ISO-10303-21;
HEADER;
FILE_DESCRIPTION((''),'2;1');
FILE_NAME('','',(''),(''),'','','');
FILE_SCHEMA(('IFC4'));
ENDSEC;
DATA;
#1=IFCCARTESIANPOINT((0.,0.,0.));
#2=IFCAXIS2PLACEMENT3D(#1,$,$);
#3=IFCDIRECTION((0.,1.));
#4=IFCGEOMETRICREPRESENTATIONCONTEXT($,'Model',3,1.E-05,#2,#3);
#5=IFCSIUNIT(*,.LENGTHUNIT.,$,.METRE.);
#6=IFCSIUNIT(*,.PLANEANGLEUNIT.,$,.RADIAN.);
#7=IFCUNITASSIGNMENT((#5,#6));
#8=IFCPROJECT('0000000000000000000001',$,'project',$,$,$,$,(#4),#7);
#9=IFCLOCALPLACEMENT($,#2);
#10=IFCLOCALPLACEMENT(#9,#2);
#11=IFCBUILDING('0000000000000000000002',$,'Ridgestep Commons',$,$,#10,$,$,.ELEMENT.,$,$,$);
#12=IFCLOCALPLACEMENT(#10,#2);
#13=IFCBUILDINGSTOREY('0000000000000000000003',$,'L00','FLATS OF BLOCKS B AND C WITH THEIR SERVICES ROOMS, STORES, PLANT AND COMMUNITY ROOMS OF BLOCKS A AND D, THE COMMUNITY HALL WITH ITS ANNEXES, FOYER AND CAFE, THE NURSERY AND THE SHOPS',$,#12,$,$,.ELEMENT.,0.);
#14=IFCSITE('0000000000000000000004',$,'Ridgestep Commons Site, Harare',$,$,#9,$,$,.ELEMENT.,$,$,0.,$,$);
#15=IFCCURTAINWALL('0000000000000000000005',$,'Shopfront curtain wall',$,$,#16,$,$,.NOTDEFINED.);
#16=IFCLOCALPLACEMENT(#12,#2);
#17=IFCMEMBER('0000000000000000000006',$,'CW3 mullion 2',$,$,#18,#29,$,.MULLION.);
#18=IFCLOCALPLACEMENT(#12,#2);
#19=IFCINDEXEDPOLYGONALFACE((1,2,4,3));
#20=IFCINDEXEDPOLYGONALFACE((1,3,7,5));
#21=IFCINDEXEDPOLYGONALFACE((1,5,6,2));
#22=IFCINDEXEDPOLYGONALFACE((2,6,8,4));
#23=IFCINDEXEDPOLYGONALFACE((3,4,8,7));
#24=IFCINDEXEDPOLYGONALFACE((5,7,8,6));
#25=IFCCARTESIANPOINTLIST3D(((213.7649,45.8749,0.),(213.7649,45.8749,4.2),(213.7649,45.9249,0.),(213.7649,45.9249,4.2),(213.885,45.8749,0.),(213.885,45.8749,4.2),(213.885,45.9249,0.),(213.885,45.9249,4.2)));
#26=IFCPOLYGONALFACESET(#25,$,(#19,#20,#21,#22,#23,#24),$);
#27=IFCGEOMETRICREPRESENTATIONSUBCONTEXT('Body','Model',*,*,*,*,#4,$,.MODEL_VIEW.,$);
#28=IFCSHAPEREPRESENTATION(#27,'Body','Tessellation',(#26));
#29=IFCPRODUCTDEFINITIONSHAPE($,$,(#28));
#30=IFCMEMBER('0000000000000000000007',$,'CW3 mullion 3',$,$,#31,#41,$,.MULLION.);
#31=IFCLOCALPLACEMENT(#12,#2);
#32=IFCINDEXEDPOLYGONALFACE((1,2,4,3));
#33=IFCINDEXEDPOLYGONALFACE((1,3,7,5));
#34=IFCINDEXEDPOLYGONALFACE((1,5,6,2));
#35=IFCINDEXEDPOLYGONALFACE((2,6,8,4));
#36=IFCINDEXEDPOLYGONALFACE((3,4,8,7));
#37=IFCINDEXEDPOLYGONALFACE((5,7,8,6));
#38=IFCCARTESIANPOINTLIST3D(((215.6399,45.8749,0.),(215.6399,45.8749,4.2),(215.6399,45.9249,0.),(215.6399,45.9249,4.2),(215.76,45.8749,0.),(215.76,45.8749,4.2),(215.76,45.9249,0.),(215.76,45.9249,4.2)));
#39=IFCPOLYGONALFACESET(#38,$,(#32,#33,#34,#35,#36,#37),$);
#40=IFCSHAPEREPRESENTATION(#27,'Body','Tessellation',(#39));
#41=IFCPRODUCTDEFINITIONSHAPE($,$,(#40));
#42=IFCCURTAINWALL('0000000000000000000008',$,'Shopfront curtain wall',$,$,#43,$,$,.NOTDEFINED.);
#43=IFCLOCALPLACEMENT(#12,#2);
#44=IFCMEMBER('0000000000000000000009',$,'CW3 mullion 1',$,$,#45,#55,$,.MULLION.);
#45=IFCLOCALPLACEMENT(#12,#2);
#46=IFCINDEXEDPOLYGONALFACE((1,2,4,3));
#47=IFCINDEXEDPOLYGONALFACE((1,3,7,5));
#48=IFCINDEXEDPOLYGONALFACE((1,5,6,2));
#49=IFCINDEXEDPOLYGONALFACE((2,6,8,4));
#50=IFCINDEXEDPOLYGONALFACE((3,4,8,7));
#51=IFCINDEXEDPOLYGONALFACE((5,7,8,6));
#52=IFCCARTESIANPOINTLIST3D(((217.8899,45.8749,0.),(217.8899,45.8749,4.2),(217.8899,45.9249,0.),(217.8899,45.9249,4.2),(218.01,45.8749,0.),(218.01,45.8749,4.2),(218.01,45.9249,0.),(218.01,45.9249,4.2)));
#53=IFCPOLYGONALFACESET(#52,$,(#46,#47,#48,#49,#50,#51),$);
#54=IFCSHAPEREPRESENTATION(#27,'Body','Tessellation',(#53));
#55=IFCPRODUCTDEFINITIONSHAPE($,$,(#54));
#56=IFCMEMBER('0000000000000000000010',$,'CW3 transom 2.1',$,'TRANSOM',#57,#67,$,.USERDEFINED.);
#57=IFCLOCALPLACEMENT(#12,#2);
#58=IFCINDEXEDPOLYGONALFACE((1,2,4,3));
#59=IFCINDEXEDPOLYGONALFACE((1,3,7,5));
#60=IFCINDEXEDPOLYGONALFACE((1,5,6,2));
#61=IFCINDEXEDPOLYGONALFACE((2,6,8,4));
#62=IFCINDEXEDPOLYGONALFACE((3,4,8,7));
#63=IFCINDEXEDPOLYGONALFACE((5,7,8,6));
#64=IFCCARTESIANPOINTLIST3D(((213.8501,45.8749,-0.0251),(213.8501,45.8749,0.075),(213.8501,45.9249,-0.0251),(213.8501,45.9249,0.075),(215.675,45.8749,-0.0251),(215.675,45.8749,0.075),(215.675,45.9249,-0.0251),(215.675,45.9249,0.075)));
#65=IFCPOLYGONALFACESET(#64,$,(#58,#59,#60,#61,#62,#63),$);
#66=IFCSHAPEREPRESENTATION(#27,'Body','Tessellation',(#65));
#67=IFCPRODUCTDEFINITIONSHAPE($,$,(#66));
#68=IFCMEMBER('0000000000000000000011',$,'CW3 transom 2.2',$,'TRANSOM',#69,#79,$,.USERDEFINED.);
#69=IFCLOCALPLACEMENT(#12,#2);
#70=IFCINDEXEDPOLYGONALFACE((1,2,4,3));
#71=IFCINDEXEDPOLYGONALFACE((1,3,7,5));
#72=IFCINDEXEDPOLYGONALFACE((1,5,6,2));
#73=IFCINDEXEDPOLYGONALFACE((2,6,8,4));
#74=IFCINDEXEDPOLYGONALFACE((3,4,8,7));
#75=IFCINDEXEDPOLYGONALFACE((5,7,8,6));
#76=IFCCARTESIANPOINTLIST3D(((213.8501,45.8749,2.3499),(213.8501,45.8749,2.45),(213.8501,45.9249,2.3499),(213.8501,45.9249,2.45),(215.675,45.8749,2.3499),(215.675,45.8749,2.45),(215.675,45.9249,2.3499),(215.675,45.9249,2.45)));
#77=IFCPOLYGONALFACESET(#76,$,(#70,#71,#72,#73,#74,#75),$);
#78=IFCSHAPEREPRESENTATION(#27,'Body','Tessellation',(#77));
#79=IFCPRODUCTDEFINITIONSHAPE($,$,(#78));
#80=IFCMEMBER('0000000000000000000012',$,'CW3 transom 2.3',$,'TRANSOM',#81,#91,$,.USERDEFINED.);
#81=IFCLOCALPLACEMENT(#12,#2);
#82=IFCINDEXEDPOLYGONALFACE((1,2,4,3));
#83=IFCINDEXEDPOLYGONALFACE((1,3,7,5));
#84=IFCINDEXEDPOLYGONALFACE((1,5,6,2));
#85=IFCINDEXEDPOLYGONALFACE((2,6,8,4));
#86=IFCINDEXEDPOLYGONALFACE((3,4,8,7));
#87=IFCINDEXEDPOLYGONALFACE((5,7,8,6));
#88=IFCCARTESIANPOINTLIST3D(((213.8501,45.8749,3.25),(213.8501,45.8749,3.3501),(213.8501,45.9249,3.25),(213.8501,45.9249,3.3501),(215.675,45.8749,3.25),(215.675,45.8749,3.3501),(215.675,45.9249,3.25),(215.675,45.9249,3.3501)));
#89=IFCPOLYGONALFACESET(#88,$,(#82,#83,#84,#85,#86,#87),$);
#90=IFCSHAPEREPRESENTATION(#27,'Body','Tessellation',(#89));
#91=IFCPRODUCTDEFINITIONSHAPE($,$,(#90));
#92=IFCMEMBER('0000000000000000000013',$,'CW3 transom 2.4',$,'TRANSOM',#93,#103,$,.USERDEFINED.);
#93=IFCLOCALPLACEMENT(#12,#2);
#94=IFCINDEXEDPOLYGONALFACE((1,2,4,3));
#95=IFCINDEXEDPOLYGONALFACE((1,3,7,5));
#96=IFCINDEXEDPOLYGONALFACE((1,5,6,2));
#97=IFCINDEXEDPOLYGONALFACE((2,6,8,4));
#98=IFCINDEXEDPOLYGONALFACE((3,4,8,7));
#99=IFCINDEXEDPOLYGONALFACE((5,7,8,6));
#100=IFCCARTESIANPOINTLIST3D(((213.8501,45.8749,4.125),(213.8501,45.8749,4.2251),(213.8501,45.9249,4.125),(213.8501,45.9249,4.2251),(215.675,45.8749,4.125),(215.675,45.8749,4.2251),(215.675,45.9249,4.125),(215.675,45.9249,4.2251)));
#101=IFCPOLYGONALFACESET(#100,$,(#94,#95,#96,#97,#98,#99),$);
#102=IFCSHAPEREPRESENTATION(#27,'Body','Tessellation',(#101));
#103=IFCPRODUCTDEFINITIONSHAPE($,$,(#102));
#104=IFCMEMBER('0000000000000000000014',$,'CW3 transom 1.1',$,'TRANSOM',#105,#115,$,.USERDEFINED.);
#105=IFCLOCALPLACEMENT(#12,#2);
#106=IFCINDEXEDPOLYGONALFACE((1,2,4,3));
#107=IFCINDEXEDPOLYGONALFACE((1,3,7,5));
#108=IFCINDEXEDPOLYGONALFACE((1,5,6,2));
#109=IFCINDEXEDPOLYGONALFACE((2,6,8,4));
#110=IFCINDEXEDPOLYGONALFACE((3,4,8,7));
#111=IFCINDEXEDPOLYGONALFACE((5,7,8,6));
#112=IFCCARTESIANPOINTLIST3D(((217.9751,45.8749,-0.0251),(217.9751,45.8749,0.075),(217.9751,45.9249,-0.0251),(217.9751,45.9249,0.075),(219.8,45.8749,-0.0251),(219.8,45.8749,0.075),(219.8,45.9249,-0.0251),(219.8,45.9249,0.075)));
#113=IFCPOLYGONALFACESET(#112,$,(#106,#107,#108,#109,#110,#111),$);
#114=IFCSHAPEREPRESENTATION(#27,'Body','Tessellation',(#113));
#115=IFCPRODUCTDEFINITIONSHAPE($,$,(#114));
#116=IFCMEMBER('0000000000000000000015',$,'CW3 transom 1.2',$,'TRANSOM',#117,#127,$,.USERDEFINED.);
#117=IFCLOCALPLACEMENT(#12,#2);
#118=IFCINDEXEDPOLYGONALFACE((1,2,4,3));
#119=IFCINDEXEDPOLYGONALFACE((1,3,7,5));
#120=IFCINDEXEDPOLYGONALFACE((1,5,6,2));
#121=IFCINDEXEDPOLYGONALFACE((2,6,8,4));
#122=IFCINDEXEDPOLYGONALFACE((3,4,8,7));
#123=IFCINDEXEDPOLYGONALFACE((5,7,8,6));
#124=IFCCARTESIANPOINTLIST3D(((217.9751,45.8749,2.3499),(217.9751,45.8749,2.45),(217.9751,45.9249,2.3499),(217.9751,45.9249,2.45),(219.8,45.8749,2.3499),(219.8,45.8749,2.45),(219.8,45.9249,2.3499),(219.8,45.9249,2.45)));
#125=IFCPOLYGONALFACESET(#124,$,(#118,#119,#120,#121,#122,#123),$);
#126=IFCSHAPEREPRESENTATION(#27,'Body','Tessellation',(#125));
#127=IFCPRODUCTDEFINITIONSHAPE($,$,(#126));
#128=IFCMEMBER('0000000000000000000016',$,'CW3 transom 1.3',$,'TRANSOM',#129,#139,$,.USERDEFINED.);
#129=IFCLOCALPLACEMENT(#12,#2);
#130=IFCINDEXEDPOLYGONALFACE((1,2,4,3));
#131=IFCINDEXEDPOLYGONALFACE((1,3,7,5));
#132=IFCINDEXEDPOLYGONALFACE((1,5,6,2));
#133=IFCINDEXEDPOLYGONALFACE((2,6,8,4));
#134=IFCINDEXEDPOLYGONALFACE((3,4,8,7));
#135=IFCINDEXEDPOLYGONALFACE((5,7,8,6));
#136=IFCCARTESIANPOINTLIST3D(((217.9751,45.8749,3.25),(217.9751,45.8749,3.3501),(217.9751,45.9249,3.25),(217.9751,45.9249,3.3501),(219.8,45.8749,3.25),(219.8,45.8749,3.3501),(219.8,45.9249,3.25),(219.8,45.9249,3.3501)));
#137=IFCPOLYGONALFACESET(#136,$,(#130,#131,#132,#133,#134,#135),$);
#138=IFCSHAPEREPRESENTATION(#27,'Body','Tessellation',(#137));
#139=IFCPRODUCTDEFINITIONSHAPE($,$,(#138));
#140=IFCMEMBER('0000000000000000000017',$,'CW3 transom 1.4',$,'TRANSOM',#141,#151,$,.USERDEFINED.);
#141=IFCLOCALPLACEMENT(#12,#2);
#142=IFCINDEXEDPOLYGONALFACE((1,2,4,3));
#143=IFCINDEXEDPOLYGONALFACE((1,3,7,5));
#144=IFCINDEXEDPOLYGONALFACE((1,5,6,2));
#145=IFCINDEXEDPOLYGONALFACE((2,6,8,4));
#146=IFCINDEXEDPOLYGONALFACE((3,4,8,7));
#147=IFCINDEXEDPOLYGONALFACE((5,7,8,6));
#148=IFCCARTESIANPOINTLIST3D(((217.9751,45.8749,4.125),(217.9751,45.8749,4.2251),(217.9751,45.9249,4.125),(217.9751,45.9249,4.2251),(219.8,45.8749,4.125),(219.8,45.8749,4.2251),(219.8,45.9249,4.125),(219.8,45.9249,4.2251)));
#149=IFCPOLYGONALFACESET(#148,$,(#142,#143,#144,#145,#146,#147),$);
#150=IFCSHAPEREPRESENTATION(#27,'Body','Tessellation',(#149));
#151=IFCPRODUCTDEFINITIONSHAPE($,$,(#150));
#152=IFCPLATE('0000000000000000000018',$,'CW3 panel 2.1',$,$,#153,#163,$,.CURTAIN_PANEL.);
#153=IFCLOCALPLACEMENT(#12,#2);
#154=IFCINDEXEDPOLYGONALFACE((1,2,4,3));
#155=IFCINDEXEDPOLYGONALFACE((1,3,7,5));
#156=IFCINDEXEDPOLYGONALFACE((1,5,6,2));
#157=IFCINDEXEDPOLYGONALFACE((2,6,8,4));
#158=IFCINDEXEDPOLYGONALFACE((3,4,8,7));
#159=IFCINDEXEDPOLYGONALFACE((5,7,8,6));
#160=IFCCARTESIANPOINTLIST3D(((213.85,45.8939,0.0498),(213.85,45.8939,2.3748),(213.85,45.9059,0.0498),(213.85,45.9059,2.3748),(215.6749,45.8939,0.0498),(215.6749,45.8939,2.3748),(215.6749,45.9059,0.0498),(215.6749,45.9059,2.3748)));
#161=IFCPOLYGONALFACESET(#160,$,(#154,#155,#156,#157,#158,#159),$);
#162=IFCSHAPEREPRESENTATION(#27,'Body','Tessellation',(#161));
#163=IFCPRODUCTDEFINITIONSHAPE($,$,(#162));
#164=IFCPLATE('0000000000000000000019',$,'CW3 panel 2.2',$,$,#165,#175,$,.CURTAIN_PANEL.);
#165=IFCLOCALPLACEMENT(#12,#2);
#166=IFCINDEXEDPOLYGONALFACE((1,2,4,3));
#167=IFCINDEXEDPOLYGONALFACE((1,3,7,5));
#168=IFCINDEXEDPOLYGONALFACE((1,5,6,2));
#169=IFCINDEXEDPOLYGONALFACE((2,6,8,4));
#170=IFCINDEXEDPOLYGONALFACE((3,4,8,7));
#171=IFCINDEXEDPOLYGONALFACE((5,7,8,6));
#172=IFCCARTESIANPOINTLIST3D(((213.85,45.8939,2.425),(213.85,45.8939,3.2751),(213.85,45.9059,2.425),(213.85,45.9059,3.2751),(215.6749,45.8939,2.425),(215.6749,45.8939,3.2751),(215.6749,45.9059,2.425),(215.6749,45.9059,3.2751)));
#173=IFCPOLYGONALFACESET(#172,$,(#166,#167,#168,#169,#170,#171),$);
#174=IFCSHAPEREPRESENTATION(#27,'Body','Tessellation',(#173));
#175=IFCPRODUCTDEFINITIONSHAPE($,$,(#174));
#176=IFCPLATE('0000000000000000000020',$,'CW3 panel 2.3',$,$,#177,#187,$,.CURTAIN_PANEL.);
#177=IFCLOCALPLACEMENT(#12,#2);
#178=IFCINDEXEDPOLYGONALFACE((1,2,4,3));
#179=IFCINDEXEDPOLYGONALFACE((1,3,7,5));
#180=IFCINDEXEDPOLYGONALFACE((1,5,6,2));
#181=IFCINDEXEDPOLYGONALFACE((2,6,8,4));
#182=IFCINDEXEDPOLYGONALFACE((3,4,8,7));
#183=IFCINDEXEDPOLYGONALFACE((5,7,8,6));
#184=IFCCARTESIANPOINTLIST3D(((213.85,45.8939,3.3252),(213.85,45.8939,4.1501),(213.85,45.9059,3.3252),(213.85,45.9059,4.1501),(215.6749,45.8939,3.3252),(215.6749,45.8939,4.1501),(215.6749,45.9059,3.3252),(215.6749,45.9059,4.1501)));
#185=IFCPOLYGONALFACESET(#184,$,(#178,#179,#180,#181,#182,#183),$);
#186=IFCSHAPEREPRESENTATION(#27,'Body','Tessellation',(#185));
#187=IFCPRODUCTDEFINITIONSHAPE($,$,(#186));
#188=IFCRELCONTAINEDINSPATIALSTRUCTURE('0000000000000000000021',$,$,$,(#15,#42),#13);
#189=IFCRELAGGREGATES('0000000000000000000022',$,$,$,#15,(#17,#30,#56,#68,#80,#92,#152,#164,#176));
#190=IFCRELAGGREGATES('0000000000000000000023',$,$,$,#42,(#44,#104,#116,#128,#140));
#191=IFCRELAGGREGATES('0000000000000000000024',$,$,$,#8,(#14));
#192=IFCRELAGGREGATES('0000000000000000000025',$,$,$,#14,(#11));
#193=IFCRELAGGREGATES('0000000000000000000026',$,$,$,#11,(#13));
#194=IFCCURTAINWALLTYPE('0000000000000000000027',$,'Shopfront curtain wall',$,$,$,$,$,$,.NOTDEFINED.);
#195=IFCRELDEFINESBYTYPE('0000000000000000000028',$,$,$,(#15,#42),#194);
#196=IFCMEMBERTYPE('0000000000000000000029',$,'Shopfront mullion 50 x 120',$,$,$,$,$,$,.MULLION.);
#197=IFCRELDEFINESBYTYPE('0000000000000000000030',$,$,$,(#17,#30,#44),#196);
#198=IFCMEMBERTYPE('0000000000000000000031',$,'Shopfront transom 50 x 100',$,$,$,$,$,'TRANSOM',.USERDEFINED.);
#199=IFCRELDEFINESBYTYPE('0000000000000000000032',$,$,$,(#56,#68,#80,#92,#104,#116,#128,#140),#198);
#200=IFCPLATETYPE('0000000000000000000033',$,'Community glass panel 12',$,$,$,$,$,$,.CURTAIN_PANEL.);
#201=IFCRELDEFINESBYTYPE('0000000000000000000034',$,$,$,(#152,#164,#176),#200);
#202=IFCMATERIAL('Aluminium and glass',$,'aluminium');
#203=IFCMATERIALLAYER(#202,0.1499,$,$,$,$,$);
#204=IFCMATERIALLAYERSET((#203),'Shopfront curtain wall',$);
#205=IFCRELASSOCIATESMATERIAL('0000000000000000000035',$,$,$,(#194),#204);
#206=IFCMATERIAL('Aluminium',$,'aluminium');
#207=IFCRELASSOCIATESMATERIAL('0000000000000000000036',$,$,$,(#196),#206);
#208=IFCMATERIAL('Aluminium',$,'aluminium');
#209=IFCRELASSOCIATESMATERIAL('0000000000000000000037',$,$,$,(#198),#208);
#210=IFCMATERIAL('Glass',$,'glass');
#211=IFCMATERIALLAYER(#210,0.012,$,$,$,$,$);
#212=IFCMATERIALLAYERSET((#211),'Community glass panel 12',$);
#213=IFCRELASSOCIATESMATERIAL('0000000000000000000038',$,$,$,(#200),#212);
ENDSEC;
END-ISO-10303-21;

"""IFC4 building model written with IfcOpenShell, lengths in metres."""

from ifc_helpers import new_model, si_unit, direction, frame, origin, origin_2d, place, context, subcontext, project, spatial, rectangle, extrude, material, layer, layer_set, material_profile, profile_set, type_object, element, aggregate, save


model = new_model("IFC4")

# Units and contexts
model_context = context("Model", 3, precision=1e-05, world=origin(), true_north=direction((0.0, 1.0)))
body_context = subcontext(model_context, "Body", "Model", "MODEL_VIEW")
ifc_project = project(units=[si_unit("LENGTHUNIT", "METRE"), si_unit("PLANEANGLEUNIT", "RADIAN")], contexts=[model_context])

# Site, building, storey
site_placement = place(None, origin())
site = spatial("IfcSite", under=ifc_project, at=site_placement, Name="Ridgestep Commons Site, Harare", CompositionType="ELEMENT", RefElevation=0.0)
building_placement = place(site_placement, origin())
building = spatial("IfcBuilding", under=site, at=building_placement, Name="Ridgestep Commons", CompositionType="ELEMENT")
storey_placement = place(building_placement, origin())
storey = spatial("IfcBuildingStorey", under=building, at=storey_placement, Name="L00", Description="FLATS OF BLOCKS B AND C WITH THEIR SERVICES ROOMS, STORES, PLANT AND COMMUNITY ROOMS OF BLOCKS A AND D, THE COMMUNITY HALL WITH ITS ANNEXES, FOYER AND CAFE, THE NURSERY AND THE SHOPS", CompositionType="ELEMENT", Elevation=0.0)

# Curtain wall, members
ifc_material_1 = material(Name="Aluminium and glass", Category="aluminium")
ifc_layer_1 = layer(ifc_material_1, 0.1499)
ifc_layer_set_1 = layer_set([ifc_layer_1], Name="Shopfront curtain wall")
curtain_wall_type = type_object("IfcCurtainWallType", Name="Shopfront curtain wall", PredefinedType="NOTDEFINED", material=ifc_layer_set_1)
curtain_wall_1_placement = place(storey_placement, origin())
curtain_wall_1 = element("IfcCurtainWall", 1, at=curtain_wall_1_placement, inside=storey, type_object=curtain_wall_type, Name="Shopfront curtain wall", PredefinedType="NOTDEFINED")
ifc_material_2 = material(Name="Aluminium", Category="aluminium")
ifc_material_profile_1 = material_profile(ifc_material_2, rectangle(XDim=0.05, YDim=0.1201, at=origin_2d()), Name="Shopfront mullion 50 x 120")
ifc_profile_set_1 = profile_set([ifc_material_profile_1], Name="Aluminium")
member_type_1 = type_object("IfcMemberType", Name="Shopfront mullion 50 x 120", PredefinedType="MULLION", material=ifc_profile_set_1)
member_1_placement = place(storey_placement, frame((213.825, 45.8999, 0.0), z_axis=(0.0, 0.0, 1.0), x_axis=(0.0, 1.0, 0.0)))
member_1 = element("IfcMember", 2, at=member_1_placement, type_object=member_type_1, Name="CW3 mullion 2", PredefinedType="MULLION", context=body_context, shape_type="SweptSolid", body=[
    extrude(rectangle(XDim=0.05, YDim=0.1201, at=origin_2d()), origin(), (0.0, 0.0, 1.0), 4.2),
])
member_2_placement = place(storey_placement, frame((215.7, 45.8999, 0.0), z_axis=(0.0, 0.0, 1.0), x_axis=(0.0, 1.0, 0.0)))
member_2 = element("IfcMember", 3, at=member_2_placement, type_object=member_type_1, Name="CW3 mullion 3", PredefinedType="MULLION", context=body_context, shape_type="SweptSolid", body=[
    extrude(rectangle(XDim=0.05, YDim=0.1201, at=origin_2d()), origin(), (0.0, 0.0, 1.0), 4.2),
])

# Curtain wall, member
curtain_wall_2_placement = place(storey_placement, origin())
curtain_wall_2 = element("IfcCurtainWall", 4, at=curtain_wall_2_placement, inside=storey, type_object=curtain_wall_type, Name="Shopfront curtain wall", PredefinedType="NOTDEFINED")
member_3_placement = place(storey_placement, frame((217.95, 45.8999, 0.0), z_axis=(0.0, 0.0, 1.0), x_axis=(0.0, 1.0, 0.0)))
member_3 = element("IfcMember", 5, at=member_3_placement, type_object=member_type_1, Name="CW3 mullion 1", PredefinedType="MULLION", context=body_context, shape_type="SweptSolid", body=[
    extrude(rectangle(XDim=0.05, YDim=0.1201, at=origin_2d()), origin(), (0.0, 0.0, 1.0), 4.2),
])

# Members
ifc_material_3 = material(Name="Aluminium", Category="aluminium")
ifc_material_profile_2 = material_profile(ifc_material_3, rectangle(XDim=0.05, YDim=0.1001, at=origin_2d()), Name="Shopfront transom 50 x 100")
ifc_profile_set_2 = profile_set([ifc_material_profile_2], Name="Aluminium")
member_type_2 = type_object("IfcMemberType", Name="Shopfront transom 50 x 100", ElementType="TRANSOM", PredefinedType="USERDEFINED", material=ifc_profile_set_2)
member_4_placement = place(storey_placement, frame((213.8501, 45.8999, 0.0249), z_axis=(1.0, 0.0, 0.0), x_axis=(0.0, 1.0, 0.0)))
member_4 = element("IfcMember", 6, at=member_4_placement, type_object=member_type_2, Name="CW3 transom 2.1", ObjectType="TRANSOM", PredefinedType="USERDEFINED", context=body_context, shape_type="SweptSolid", body=[
    extrude(rectangle(XDim=0.05, YDim=0.1001, at=origin_2d()), origin(), (0.0, 0.0, 1.0), 1.825),
])
member_5_placement = place(storey_placement, frame((213.8501, 45.8999, 2.3999), z_axis=(1.0, 0.0, 0.0), x_axis=(0.0, 1.0, 0.0)))
member_5 = element("IfcMember", 7, at=member_5_placement, type_object=member_type_2, Name="CW3 transom 2.2", ObjectType="TRANSOM", PredefinedType="USERDEFINED", context=body_context, shape_type="SweptSolid", body=[
    extrude(rectangle(XDim=0.05, YDim=0.1001, at=origin_2d()), origin(), (0.0, 0.0, 1.0), 1.825),
])
member_6_placement = place(storey_placement, frame((213.8501, 45.8999, 3.3), z_axis=(1.0, 0.0, 0.0), x_axis=(0.0, 1.0, 0.0)))
member_6 = element("IfcMember", 8, at=member_6_placement, type_object=member_type_2, Name="CW3 transom 2.3", ObjectType="TRANSOM", PredefinedType="USERDEFINED", context=body_context, shape_type="SweptSolid", body=[
    extrude(rectangle(XDim=0.05, YDim=0.1001, at=origin_2d()), origin(), (0.0, 0.0, 1.0), 1.825),
])
member_7_placement = place(storey_placement, frame((213.8501, 45.8999, 4.175), z_axis=(1.0, 0.0, 0.0), x_axis=(0.0, 1.0, 0.0)))
member_7 = element("IfcMember", 9, at=member_7_placement, type_object=member_type_2, Name="CW3 transom 2.4", ObjectType="TRANSOM", PredefinedType="USERDEFINED", context=body_context, shape_type="SweptSolid", body=[
    extrude(rectangle(XDim=0.05, YDim=0.1001, at=origin_2d()), origin(), (0.0, 0.0, 1.0), 1.825),
])
member_8_placement = place(storey_placement, frame((217.9751, 45.8999, 0.0249), z_axis=(1.0, 0.0, 0.0), x_axis=(0.0, 1.0, 0.0)))
member_8 = element("IfcMember", 10, at=member_8_placement, type_object=member_type_2, Name="CW3 transom 1.1", ObjectType="TRANSOM", PredefinedType="USERDEFINED", context=body_context, shape_type="SweptSolid", body=[
    extrude(rectangle(XDim=0.05, YDim=0.1001, at=origin_2d()), origin(), (0.0, 0.0, 1.0), 1.825),
])
member_9_placement = place(storey_placement, frame((217.9751, 45.8999, 2.3999), z_axis=(1.0, 0.0, 0.0), x_axis=(0.0, 1.0, 0.0)))
member_9 = element("IfcMember", 11, at=member_9_placement, type_object=member_type_2, Name="CW3 transom 1.2", ObjectType="TRANSOM", PredefinedType="USERDEFINED", context=body_context, shape_type="SweptSolid", body=[
    extrude(rectangle(XDim=0.05, YDim=0.1001, at=origin_2d()), origin(), (0.0, 0.0, 1.0), 1.825),
])
member_10_placement = place(storey_placement, frame((217.9751, 45.8999, 3.3), z_axis=(1.0, 0.0, 0.0), x_axis=(0.0, 1.0, 0.0)))
member_10 = element("IfcMember", 12, at=member_10_placement, type_object=member_type_2, Name="CW3 transom 1.3", ObjectType="TRANSOM", PredefinedType="USERDEFINED", context=body_context, shape_type="SweptSolid", body=[
    extrude(rectangle(XDim=0.05, YDim=0.1001, at=origin_2d()), origin(), (0.0, 0.0, 1.0), 1.825),
])
member_11_placement = place(storey_placement, frame((217.9751, 45.8999, 4.175), z_axis=(1.0, 0.0, 0.0), x_axis=(0.0, 1.0, 0.0)))
member_11 = element("IfcMember", 13, at=member_11_placement, type_object=member_type_2, Name="CW3 transom 1.4", ObjectType="TRANSOM", PredefinedType="USERDEFINED", context=body_context, shape_type="SweptSolid", body=[
    extrude(rectangle(XDim=0.05, YDim=0.1001, at=origin_2d()), origin(), (0.0, 0.0, 1.0), 1.825),
])

# Plates
ifc_material_4 = material(Name="Glass", Category="glass")
ifc_layer_2 = layer(ifc_material_4, 0.012)
ifc_layer_set_2 = layer_set([ifc_layer_2], Name="Community glass panel 12")
plate_type = type_object("IfcPlateType", Name="Community glass panel 12", PredefinedType="CURTAIN_PANEL", material=ifc_layer_set_2)
plate_1_placement = place(storey_placement, frame((214.7625, 45.8999, 0.0498), z_axis=(0.0, 0.0, 1.0), x_axis=(1.0, 0.0, 0.0)))
plate_1 = element("IfcPlate", 14, at=plate_1_placement, type_object=plate_type, Name="CW3 panel 2.1", PredefinedType="CURTAIN_PANEL", context=body_context, shape_type="SweptSolid", body=[
    extrude(rectangle(XDim=1.825, YDim=0.012, at=origin_2d()), origin(), (0.0, 0.0, 1.0), 2.325),
])
plate_2_placement = place(storey_placement, frame((214.7625, 45.8999, 2.425), z_axis=(0.0, 0.0, 1.0), x_axis=(1.0, 0.0, 0.0)))
plate_2 = element("IfcPlate", 15, at=plate_2_placement, type_object=plate_type, Name="CW3 panel 2.2", PredefinedType="CURTAIN_PANEL", context=body_context, shape_type="SweptSolid", body=[
    extrude(rectangle(XDim=1.825, YDim=0.012, at=origin_2d()), origin(), (0.0, 0.0, 1.0), 0.8501),
])
plate_3_placement = place(storey_placement, frame((214.7625, 45.8999, 3.3252), z_axis=(0.0, 0.0, 1.0), x_axis=(1.0, 0.0, 0.0)))
plate_3 = element("IfcPlate", 16, at=plate_3_placement, type_object=plate_type, Name="CW3 panel 2.3", PredefinedType="CURTAIN_PANEL", context=body_context, shape_type="SweptSolid", body=[
    extrude(rectangle(XDim=1.825, YDim=0.012, at=origin_2d()), origin(), (0.0, 0.0, 1.0), 0.825),
])
aggregate(curtain_wall_1, [member_1, member_2, member_4, member_5, member_6, member_7, plate_1, plate_2, plate_3])
aggregate(curtain_wall_2, [member_3, member_8, member_9, member_10, member_11])

save(model, "model.ifc")
